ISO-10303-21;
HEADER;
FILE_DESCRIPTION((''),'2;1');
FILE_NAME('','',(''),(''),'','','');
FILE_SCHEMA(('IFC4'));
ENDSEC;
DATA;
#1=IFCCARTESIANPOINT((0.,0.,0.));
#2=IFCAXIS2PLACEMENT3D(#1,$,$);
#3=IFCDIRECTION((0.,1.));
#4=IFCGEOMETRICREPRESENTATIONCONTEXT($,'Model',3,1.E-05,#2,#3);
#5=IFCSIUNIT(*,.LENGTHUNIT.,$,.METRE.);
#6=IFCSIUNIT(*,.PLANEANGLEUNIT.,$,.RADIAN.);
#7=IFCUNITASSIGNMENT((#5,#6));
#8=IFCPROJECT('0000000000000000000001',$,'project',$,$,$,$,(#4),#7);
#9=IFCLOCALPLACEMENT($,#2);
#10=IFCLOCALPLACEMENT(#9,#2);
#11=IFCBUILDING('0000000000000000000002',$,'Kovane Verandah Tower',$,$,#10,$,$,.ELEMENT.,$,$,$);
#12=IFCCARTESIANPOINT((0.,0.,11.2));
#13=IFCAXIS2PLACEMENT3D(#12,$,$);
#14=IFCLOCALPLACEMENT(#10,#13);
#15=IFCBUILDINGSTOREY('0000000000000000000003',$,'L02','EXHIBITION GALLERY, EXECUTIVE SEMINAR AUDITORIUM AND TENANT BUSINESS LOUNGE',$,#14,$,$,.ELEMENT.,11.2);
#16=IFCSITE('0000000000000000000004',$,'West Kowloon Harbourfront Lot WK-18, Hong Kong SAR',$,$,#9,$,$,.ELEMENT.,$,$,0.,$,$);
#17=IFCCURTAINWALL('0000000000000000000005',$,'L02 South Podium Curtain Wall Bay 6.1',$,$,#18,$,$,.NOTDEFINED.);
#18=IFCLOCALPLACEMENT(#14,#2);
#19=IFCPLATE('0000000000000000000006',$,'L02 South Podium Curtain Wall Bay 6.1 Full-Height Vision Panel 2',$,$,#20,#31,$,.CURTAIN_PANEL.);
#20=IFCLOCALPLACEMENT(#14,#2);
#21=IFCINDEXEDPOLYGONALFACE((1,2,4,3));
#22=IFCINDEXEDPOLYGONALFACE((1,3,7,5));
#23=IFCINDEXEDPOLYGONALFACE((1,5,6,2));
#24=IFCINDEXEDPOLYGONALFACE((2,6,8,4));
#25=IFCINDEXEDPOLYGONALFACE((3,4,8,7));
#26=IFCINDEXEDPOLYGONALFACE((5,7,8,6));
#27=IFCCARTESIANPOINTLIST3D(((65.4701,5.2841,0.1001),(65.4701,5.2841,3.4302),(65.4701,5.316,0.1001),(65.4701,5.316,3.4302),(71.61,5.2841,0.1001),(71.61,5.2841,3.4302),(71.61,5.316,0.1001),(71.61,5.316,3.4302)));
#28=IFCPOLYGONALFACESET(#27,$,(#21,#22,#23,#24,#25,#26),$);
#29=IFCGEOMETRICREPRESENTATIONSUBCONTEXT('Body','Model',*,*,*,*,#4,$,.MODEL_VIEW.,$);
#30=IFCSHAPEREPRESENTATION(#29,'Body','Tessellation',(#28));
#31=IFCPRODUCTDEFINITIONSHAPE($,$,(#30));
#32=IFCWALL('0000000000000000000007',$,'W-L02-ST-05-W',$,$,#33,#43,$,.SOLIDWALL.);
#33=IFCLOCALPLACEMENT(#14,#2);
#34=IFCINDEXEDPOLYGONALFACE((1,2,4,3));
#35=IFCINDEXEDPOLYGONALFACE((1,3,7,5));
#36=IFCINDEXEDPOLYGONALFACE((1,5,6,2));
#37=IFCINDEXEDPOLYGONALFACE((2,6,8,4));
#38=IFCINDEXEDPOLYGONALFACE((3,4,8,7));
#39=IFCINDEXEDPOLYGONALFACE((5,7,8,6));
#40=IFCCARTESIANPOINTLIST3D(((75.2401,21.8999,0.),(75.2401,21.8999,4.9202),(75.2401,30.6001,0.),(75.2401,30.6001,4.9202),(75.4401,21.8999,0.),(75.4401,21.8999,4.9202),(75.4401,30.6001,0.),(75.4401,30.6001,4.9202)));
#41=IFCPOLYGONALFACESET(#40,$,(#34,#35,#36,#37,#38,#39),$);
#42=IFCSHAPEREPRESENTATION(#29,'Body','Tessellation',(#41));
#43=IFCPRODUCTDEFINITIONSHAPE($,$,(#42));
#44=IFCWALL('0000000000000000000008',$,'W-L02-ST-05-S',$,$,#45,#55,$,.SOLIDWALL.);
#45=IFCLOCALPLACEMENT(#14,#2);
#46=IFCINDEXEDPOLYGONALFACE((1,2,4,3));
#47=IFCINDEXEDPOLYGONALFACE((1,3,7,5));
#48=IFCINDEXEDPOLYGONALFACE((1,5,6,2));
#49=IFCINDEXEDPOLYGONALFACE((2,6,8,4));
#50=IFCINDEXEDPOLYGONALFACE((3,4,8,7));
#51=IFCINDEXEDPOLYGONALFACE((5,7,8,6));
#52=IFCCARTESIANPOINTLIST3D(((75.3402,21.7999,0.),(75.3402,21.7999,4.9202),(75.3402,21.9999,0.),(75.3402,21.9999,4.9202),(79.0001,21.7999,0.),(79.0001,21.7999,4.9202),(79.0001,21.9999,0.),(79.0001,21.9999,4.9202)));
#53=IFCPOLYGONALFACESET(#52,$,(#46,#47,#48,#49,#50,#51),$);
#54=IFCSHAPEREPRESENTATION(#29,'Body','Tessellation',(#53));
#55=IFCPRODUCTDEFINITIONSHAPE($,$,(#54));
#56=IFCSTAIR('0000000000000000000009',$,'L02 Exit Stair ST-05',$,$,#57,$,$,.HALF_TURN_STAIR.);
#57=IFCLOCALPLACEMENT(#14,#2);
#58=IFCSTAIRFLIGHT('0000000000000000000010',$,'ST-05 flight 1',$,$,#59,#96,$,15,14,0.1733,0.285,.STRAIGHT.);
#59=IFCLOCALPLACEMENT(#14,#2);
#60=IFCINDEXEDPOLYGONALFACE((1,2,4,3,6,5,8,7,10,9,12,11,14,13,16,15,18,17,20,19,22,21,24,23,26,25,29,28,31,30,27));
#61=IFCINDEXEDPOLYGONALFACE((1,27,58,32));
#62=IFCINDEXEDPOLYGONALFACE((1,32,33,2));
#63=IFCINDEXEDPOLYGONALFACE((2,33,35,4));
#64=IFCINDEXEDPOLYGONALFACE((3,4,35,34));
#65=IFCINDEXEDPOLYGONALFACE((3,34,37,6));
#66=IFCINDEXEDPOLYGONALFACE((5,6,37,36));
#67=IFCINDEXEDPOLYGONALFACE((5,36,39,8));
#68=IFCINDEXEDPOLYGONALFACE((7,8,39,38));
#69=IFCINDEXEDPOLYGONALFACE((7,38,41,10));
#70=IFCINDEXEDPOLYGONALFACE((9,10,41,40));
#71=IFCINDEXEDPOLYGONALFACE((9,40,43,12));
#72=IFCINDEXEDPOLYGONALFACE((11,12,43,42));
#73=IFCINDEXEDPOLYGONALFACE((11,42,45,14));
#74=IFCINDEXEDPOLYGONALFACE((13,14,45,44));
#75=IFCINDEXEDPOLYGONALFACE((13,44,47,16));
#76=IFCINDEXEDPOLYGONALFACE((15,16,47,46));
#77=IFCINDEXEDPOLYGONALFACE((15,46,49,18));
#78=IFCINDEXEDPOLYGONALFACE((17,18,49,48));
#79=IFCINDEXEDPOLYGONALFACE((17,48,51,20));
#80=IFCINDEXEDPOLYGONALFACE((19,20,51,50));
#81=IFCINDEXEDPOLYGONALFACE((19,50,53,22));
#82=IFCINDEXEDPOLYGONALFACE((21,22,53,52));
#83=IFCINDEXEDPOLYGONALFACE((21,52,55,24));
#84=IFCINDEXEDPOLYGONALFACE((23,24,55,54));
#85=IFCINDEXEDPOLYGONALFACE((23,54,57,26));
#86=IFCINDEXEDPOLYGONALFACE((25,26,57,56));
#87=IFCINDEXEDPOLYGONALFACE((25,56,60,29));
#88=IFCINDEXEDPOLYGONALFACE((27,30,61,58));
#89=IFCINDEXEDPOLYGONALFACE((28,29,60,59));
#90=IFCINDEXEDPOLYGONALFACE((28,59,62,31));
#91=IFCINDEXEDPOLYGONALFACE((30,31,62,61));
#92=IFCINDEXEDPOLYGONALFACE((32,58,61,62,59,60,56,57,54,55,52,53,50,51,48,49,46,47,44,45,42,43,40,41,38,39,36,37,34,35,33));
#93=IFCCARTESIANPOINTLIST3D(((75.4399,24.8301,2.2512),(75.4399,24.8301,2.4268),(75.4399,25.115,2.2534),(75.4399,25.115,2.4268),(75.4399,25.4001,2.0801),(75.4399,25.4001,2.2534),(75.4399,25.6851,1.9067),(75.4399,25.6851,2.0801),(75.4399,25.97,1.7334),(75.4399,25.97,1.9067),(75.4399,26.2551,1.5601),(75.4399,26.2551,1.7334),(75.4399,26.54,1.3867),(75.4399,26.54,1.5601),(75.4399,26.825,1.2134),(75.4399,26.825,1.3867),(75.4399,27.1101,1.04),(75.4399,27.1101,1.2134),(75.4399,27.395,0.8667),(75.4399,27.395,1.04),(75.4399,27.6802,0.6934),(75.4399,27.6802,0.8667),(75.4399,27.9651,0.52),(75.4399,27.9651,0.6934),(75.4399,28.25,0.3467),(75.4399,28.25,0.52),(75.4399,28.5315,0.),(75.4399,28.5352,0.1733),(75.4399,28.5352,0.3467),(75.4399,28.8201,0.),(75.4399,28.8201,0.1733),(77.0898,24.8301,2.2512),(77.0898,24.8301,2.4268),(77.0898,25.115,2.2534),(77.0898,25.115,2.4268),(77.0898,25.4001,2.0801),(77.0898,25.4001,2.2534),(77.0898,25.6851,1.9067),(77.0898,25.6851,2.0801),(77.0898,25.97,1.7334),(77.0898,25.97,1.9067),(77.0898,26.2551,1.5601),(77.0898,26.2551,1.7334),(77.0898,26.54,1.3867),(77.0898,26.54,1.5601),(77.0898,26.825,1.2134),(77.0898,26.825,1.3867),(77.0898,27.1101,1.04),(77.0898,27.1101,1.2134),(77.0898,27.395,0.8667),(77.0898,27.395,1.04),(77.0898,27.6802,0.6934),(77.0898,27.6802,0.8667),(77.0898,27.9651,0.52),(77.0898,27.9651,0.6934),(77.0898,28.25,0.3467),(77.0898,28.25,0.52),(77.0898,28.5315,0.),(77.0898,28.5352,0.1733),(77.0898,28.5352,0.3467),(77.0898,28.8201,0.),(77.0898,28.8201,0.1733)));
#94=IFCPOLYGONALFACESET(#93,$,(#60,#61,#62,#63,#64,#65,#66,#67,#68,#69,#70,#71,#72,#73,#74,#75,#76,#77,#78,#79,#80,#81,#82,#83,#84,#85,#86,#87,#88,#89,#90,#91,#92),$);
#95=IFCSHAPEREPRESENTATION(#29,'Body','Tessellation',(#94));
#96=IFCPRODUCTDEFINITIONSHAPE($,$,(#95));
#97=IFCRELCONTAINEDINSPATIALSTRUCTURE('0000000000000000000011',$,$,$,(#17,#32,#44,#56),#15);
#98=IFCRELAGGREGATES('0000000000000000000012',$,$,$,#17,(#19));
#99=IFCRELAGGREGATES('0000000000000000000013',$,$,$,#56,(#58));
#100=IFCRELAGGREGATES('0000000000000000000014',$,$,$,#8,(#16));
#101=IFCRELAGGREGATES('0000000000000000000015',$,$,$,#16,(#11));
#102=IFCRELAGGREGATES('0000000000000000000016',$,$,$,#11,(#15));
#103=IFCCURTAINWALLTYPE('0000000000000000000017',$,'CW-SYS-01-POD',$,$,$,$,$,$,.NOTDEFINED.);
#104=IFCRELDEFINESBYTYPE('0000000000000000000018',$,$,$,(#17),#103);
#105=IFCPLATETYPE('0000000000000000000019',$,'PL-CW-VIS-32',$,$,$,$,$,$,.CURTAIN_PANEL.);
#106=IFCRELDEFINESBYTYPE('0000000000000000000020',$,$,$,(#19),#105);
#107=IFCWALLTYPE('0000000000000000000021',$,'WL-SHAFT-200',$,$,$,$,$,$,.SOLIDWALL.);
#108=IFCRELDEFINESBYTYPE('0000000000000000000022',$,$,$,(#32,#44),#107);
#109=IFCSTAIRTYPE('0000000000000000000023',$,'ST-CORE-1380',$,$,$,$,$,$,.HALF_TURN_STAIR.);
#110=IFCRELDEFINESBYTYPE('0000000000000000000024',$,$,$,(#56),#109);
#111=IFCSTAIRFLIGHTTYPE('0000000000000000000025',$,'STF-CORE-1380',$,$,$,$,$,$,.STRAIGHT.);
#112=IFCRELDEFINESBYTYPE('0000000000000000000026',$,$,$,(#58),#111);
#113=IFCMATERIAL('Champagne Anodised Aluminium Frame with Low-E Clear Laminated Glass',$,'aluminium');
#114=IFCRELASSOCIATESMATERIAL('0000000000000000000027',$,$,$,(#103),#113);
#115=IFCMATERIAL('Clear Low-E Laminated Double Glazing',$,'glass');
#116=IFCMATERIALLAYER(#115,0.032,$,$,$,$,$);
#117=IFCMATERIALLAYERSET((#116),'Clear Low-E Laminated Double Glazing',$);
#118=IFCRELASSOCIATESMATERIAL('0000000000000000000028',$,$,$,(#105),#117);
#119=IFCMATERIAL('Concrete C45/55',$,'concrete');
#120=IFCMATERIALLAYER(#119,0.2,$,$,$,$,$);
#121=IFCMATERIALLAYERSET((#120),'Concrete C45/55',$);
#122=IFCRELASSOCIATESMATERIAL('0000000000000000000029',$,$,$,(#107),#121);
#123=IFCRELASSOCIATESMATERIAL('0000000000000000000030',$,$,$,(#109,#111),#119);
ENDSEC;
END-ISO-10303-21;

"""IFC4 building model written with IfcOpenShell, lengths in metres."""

from ifc_helpers import new_model, si_unit, direction, frame, frame_2d, origin, origin_2d, place, context, subcontext, project, spatial, polyline, rectangle, outline, extrude, material, layer, layer_set, type_object, element, aggregate, save


model = new_model("IFC4")

# Units and contexts
model_context = context("Model", 3, precision=1e-05, world=origin(), true_north=direction((0.0, 1.0)))
body_context = subcontext(model_context, "Body", "Model", "MODEL_VIEW")
ifc_project = project(units=[si_unit("LENGTHUNIT", "METRE"), si_unit("PLANEANGLEUNIT", "RADIAN")], contexts=[model_context])

# Site, building, storey
site_placement = place(None, origin())
site = spatial("IfcSite", under=ifc_project, at=site_placement, Name="West Kowloon Harbourfront Lot WK-18, Hong Kong SAR", CompositionType="ELEMENT", RefElevation=0.0)
building_placement = place(site_placement, origin())
building = spatial("IfcBuilding", under=site, at=building_placement, Name="Kovane Verandah Tower", CompositionType="ELEMENT")
storey_placement = place(building_placement, frame((0.0, 0.0, 11.2)))
storey = spatial("IfcBuildingStorey", under=building, at=storey_placement, Name="L02", Description="EXHIBITION GALLERY, EXECUTIVE SEMINAR AUDITORIUM AND TENANT BUSINESS LOUNGE", CompositionType="ELEMENT", Elevation=11.2)

# Curtain wall
ifc_material_1 = material(Name="Champagne Anodised Aluminium Frame with Low-E Clear Laminated Glass", Category="aluminium")
curtain_wall_type = type_object("IfcCurtainWallType", Name="CW-SYS-01-POD", PredefinedType="NOTDEFINED", material=ifc_material_1)
curtain_wall_1_placement = place(storey_placement, origin())
curtain_wall_1 = element("IfcCurtainWall", 1, at=curtain_wall_1_placement, inside=storey, type_object=curtain_wall_type, Name="L02 South Podium Curtain Wall Bay 6.1", PredefinedType="NOTDEFINED")

# Plate
ifc_material_2 = material(Name="Clear Low-E Laminated Double Glazing", Category="glass")
ifc_layer_1 = layer(ifc_material_2, 0.032)
ifc_layer_set_1 = layer_set([ifc_layer_1], Name="Clear Low-E Laminated Double Glazing")
plate_type = type_object("IfcPlateType", Name="PL-CW-VIS-32", PredefinedType="CURTAIN_PANEL", material=ifc_layer_set_1)
plate_1_placement = place(storey_placement, frame((68.54, 5.3, 0.1001), z_axis=(0.0, 0.0, 1.0), x_axis=(1.0, 0.0, 0.0)))
plate_1 = element("IfcPlate", 2, at=plate_1_placement, type_object=plate_type, Name="L02 South Podium Curtain Wall Bay 6.1 Full-Height Vision Panel 2", PredefinedType="CURTAIN_PANEL", context=body_context, shape_type="SweptSolid", body=[
    extrude(rectangle(XDim=6.1399, YDim=0.032, at=origin_2d()), origin(), (0.0, 0.0, 1.0), 3.3301),
])
aggregate(curtain_wall_1, [plate_1])

# Walls
ifc_material_3 = material(Name="Concrete C45/55", Category="concrete")
ifc_layer_2 = layer(ifc_material_3, 0.2)
ifc_layer_set_2 = layer_set([ifc_layer_2], Name="Concrete C45/55")
wall_type = type_object("IfcWallType", Name="WL-SHAFT-200", PredefinedType="SOLIDWALL", material=ifc_layer_set_2)
wall_1_placement = place(storey_placement, frame((75.3401, 21.8999, 0.0), z_axis=(0.0, 0.0, 1.0), x_axis=(0.0, 1.0, 0.0)))
element("IfcWall", 3, at=wall_1_placement, inside=storey, type_object=wall_type, Name="W-L02-ST-05-W", PredefinedType="SOLIDWALL", context=body_context, shape_type="SweptSolid", body=[
    extrude(rectangle(XDim=8.7002, YDim=0.2, at=frame_2d((4.3501, 0.0))), origin(), (0.0, 0.0, 1.0), 4.9202),
])
wall_2_placement = place(storey_placement, frame((75.3401, 21.8999, 0.0), z_axis=(0.0, 0.0, 1.0), x_axis=(1.0, 0.0, 0.0)))
element("IfcWall", 4, at=wall_2_placement, inside=storey, type_object=wall_type, Name="W-L02-ST-05-S", PredefinedType="SOLIDWALL", context=body_context, shape_type="SweptSolid", body=[
    extrude(rectangle(XDim=3.6599, YDim=0.2, at=frame_2d((1.8301, 0.0))), origin(), (0.0, 0.0, 1.0), 4.9202),
])

# Stair, stair flight
stair_type = type_object("IfcStairType", Name="ST-CORE-1380", PredefinedType="HALF_TURN_STAIR", material=ifc_material_3)
stair_placement = place(storey_placement, origin())
stair = element("IfcStair", 5, at=stair_placement, inside=storey, type_object=stair_type, Name="L02 Exit Stair ST-05", PredefinedType="HALF_TURN_STAIR")
stair_flight_type = type_object("IfcStairFlightType", Name="STF-CORE-1380", PredefinedType="STRAIGHT", material=ifc_material_3)
stair_flight_placement = place(storey_placement, frame((76.2649, 28.8201, 0.0), z_axis=(0.0, 0.0, 1.0), x_axis=(0.0, -1.0, 0.0)))
stair_flight = element("IfcStairFlight", 6, at=stair_flight_placement, type_object=stair_flight_type, Name="ST-05 flight 1", NumberOfRisers=15, NumberOfTreads=14, PredefinedType="STRAIGHT", RiserHeight=0.1733, TreadLength=0.285, context=body_context, shape_type="SweptSolid", body=[
    extrude(outline(polyline([(0.0, 0.0), (0.0, 0.1733), (0.2849, 0.1733), (0.2849, 0.3467), (0.5701, 0.3467), (0.5701, 0.52), (0.855, 0.52), (0.855, 0.6934), (1.1399, 0.6934), (1.1399, 0.8667), (1.425, 0.8667), (1.425, 1.04), (1.71, 1.04), (1.71, 1.2134), (1.9951, 1.2134), (1.9951, 1.3867), (2.28, 1.3867), (2.28, 1.5601), (2.5649, 1.5601), (2.5649, 1.7334), (2.8501, 1.7334), (2.8501, 1.9067), (3.135, 1.9067), (3.135, 2.0801), (3.4199, 2.0801), (3.4199, 2.2534), (3.7051, 2.2534), (3.7051, 2.4268), (3.99, 2.4268), (3.99, 2.6001), (3.99, 2.2512), (0.2886, 0.0), (0.0, 0.0)])), frame((0.0, 0.825, 0.0), z_axis=(0.0, -1.0, 0.0), x_axis=(1.0, 0.0, 0.0)), (0.0, 0.0, 1.0), 1.6499),
])
aggregate(stair, [stair_flight])

save(model, "model.ifc")
